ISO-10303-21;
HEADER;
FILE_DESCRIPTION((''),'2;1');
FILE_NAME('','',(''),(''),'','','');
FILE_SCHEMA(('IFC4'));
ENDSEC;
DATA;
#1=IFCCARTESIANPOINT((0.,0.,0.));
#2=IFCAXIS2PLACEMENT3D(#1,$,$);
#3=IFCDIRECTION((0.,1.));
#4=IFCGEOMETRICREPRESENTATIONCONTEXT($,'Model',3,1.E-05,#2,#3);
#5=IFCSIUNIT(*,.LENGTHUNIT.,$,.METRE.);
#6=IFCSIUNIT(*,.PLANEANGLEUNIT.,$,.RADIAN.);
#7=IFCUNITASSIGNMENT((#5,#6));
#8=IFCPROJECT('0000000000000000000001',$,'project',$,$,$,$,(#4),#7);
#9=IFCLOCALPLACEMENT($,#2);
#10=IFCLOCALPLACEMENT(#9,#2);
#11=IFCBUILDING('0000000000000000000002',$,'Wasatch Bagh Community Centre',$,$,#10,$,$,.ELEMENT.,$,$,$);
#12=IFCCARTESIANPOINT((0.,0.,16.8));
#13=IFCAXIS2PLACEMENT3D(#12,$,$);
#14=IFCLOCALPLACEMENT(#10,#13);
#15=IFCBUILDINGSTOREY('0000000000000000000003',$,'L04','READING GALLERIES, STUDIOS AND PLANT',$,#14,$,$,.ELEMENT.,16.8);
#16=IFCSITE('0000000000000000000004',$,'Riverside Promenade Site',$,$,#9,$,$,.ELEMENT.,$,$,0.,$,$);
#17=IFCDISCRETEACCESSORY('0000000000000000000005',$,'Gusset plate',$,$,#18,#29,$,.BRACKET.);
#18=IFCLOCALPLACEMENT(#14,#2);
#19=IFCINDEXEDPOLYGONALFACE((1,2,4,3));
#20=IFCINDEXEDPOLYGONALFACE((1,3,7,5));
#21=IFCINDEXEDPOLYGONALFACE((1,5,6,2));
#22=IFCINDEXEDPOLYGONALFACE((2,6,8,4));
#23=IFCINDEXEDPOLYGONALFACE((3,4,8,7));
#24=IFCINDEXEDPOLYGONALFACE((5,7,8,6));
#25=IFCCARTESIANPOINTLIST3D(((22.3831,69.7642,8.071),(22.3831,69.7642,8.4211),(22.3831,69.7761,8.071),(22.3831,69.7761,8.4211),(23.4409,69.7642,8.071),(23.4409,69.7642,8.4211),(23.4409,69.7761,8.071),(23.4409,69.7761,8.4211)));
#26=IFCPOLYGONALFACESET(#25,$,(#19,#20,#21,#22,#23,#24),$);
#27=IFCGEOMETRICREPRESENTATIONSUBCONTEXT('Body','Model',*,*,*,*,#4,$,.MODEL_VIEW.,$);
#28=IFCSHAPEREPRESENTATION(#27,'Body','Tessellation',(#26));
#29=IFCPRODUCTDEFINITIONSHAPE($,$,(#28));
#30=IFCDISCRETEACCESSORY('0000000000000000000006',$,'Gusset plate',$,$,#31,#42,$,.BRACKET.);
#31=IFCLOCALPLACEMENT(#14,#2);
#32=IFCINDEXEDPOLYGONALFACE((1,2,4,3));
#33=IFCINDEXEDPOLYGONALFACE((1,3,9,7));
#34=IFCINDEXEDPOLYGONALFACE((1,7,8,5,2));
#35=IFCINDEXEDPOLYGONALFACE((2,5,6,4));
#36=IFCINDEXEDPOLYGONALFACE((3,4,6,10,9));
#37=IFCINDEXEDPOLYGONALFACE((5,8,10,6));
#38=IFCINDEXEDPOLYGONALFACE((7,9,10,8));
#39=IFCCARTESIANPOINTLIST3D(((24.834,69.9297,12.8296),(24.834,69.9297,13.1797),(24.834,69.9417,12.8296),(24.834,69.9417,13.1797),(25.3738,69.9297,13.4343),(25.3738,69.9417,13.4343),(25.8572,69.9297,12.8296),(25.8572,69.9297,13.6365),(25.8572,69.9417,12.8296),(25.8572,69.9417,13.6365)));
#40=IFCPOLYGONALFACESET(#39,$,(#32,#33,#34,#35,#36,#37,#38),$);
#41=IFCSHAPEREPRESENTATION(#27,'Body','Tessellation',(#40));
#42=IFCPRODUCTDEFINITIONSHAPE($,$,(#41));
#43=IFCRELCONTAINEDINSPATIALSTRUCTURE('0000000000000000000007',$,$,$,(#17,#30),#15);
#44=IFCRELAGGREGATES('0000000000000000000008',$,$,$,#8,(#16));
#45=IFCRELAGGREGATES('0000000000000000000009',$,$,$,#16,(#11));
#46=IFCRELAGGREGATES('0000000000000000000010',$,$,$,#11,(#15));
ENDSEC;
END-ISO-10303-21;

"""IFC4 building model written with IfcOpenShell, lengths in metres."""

from ifc_helpers import new_model, si_unit, direction, frame, origin, place, context, subcontext, project, spatial, polyline, outline, extrude, element, save


model = new_model("IFC4")

# Units and contexts
model_context = context("Model", 3, precision=1e-05, world=origin(), true_north=direction((0.0, 1.0)))
body_context = subcontext(model_context, "Body", "Model", "MODEL_VIEW")
ifc_project = project(units=[si_unit("LENGTHUNIT", "METRE"), si_unit("PLANEANGLEUNIT", "RADIAN")], contexts=[model_context])

# Site, building, storey
site_placement = place(None, origin())
site = spatial("IfcSite", under=ifc_project, at=site_placement, Name="Riverside Promenade Site", CompositionType="ELEMENT", RefElevation=0.0)
building_placement = place(site_placement, origin())
building = spatial("IfcBuilding", under=site, at=building_placement, Name="Wasatch Bagh Community Centre", CompositionType="ELEMENT")
storey_placement = place(building_placement, frame((0.0, 0.0, 16.8)))
storey = spatial("IfcBuildingStorey", under=building, at=storey_placement, Name="L04", Description="READING GALLERIES, STUDIOS AND PLANT", CompositionType="ELEMENT", Elevation=16.8)

# Discrete accessories
discrete_accessory_1_placement = place(storey_placement, frame((22.3831, 69.7642, 8.071), z_axis=(0.0, -1.0, 0.0), x_axis=(1.0, 0.0, 0.0)))
element("IfcDiscreteAccessory", 1, at=discrete_accessory_1_placement, inside=storey, Name="Gusset plate", PredefinedType="BRACKET", context=body_context, shape_type="SweptSolid", body=[
    extrude(outline(polyline([(0.0, 0.0), (1.0579, 0.0), (1.0579, 0.3501), (0.0, 0.3501), (0.0, 0.0)])), origin(), (0.0, 0.0, -1.0), 0.012),
])
discrete_accessory_2_placement = place(storey_placement, frame((24.834, 69.9417, 13.1797), z_axis=(0.0, 1.0, 0.0), x_axis=(0.90442, 0.0, 0.426644)))
element("IfcDiscreteAccessory", 2, at=discrete_accessory_2_placement, inside=storey, Name="Gusset plate", PredefinedType="BRACKET", context=body_context, shape_type="SweptSolid", body=[
    extrude(outline(polyline([(0.0, 0.0), (0.5968, 0.0), (1.1203, 0.0234), (0.776, 0.7532), (-0.1494, 0.3166), (0.0, 0.0)])), origin(), (0.0, 0.0, -1.0), 0.012),
])

save(model, "model.ifc")
